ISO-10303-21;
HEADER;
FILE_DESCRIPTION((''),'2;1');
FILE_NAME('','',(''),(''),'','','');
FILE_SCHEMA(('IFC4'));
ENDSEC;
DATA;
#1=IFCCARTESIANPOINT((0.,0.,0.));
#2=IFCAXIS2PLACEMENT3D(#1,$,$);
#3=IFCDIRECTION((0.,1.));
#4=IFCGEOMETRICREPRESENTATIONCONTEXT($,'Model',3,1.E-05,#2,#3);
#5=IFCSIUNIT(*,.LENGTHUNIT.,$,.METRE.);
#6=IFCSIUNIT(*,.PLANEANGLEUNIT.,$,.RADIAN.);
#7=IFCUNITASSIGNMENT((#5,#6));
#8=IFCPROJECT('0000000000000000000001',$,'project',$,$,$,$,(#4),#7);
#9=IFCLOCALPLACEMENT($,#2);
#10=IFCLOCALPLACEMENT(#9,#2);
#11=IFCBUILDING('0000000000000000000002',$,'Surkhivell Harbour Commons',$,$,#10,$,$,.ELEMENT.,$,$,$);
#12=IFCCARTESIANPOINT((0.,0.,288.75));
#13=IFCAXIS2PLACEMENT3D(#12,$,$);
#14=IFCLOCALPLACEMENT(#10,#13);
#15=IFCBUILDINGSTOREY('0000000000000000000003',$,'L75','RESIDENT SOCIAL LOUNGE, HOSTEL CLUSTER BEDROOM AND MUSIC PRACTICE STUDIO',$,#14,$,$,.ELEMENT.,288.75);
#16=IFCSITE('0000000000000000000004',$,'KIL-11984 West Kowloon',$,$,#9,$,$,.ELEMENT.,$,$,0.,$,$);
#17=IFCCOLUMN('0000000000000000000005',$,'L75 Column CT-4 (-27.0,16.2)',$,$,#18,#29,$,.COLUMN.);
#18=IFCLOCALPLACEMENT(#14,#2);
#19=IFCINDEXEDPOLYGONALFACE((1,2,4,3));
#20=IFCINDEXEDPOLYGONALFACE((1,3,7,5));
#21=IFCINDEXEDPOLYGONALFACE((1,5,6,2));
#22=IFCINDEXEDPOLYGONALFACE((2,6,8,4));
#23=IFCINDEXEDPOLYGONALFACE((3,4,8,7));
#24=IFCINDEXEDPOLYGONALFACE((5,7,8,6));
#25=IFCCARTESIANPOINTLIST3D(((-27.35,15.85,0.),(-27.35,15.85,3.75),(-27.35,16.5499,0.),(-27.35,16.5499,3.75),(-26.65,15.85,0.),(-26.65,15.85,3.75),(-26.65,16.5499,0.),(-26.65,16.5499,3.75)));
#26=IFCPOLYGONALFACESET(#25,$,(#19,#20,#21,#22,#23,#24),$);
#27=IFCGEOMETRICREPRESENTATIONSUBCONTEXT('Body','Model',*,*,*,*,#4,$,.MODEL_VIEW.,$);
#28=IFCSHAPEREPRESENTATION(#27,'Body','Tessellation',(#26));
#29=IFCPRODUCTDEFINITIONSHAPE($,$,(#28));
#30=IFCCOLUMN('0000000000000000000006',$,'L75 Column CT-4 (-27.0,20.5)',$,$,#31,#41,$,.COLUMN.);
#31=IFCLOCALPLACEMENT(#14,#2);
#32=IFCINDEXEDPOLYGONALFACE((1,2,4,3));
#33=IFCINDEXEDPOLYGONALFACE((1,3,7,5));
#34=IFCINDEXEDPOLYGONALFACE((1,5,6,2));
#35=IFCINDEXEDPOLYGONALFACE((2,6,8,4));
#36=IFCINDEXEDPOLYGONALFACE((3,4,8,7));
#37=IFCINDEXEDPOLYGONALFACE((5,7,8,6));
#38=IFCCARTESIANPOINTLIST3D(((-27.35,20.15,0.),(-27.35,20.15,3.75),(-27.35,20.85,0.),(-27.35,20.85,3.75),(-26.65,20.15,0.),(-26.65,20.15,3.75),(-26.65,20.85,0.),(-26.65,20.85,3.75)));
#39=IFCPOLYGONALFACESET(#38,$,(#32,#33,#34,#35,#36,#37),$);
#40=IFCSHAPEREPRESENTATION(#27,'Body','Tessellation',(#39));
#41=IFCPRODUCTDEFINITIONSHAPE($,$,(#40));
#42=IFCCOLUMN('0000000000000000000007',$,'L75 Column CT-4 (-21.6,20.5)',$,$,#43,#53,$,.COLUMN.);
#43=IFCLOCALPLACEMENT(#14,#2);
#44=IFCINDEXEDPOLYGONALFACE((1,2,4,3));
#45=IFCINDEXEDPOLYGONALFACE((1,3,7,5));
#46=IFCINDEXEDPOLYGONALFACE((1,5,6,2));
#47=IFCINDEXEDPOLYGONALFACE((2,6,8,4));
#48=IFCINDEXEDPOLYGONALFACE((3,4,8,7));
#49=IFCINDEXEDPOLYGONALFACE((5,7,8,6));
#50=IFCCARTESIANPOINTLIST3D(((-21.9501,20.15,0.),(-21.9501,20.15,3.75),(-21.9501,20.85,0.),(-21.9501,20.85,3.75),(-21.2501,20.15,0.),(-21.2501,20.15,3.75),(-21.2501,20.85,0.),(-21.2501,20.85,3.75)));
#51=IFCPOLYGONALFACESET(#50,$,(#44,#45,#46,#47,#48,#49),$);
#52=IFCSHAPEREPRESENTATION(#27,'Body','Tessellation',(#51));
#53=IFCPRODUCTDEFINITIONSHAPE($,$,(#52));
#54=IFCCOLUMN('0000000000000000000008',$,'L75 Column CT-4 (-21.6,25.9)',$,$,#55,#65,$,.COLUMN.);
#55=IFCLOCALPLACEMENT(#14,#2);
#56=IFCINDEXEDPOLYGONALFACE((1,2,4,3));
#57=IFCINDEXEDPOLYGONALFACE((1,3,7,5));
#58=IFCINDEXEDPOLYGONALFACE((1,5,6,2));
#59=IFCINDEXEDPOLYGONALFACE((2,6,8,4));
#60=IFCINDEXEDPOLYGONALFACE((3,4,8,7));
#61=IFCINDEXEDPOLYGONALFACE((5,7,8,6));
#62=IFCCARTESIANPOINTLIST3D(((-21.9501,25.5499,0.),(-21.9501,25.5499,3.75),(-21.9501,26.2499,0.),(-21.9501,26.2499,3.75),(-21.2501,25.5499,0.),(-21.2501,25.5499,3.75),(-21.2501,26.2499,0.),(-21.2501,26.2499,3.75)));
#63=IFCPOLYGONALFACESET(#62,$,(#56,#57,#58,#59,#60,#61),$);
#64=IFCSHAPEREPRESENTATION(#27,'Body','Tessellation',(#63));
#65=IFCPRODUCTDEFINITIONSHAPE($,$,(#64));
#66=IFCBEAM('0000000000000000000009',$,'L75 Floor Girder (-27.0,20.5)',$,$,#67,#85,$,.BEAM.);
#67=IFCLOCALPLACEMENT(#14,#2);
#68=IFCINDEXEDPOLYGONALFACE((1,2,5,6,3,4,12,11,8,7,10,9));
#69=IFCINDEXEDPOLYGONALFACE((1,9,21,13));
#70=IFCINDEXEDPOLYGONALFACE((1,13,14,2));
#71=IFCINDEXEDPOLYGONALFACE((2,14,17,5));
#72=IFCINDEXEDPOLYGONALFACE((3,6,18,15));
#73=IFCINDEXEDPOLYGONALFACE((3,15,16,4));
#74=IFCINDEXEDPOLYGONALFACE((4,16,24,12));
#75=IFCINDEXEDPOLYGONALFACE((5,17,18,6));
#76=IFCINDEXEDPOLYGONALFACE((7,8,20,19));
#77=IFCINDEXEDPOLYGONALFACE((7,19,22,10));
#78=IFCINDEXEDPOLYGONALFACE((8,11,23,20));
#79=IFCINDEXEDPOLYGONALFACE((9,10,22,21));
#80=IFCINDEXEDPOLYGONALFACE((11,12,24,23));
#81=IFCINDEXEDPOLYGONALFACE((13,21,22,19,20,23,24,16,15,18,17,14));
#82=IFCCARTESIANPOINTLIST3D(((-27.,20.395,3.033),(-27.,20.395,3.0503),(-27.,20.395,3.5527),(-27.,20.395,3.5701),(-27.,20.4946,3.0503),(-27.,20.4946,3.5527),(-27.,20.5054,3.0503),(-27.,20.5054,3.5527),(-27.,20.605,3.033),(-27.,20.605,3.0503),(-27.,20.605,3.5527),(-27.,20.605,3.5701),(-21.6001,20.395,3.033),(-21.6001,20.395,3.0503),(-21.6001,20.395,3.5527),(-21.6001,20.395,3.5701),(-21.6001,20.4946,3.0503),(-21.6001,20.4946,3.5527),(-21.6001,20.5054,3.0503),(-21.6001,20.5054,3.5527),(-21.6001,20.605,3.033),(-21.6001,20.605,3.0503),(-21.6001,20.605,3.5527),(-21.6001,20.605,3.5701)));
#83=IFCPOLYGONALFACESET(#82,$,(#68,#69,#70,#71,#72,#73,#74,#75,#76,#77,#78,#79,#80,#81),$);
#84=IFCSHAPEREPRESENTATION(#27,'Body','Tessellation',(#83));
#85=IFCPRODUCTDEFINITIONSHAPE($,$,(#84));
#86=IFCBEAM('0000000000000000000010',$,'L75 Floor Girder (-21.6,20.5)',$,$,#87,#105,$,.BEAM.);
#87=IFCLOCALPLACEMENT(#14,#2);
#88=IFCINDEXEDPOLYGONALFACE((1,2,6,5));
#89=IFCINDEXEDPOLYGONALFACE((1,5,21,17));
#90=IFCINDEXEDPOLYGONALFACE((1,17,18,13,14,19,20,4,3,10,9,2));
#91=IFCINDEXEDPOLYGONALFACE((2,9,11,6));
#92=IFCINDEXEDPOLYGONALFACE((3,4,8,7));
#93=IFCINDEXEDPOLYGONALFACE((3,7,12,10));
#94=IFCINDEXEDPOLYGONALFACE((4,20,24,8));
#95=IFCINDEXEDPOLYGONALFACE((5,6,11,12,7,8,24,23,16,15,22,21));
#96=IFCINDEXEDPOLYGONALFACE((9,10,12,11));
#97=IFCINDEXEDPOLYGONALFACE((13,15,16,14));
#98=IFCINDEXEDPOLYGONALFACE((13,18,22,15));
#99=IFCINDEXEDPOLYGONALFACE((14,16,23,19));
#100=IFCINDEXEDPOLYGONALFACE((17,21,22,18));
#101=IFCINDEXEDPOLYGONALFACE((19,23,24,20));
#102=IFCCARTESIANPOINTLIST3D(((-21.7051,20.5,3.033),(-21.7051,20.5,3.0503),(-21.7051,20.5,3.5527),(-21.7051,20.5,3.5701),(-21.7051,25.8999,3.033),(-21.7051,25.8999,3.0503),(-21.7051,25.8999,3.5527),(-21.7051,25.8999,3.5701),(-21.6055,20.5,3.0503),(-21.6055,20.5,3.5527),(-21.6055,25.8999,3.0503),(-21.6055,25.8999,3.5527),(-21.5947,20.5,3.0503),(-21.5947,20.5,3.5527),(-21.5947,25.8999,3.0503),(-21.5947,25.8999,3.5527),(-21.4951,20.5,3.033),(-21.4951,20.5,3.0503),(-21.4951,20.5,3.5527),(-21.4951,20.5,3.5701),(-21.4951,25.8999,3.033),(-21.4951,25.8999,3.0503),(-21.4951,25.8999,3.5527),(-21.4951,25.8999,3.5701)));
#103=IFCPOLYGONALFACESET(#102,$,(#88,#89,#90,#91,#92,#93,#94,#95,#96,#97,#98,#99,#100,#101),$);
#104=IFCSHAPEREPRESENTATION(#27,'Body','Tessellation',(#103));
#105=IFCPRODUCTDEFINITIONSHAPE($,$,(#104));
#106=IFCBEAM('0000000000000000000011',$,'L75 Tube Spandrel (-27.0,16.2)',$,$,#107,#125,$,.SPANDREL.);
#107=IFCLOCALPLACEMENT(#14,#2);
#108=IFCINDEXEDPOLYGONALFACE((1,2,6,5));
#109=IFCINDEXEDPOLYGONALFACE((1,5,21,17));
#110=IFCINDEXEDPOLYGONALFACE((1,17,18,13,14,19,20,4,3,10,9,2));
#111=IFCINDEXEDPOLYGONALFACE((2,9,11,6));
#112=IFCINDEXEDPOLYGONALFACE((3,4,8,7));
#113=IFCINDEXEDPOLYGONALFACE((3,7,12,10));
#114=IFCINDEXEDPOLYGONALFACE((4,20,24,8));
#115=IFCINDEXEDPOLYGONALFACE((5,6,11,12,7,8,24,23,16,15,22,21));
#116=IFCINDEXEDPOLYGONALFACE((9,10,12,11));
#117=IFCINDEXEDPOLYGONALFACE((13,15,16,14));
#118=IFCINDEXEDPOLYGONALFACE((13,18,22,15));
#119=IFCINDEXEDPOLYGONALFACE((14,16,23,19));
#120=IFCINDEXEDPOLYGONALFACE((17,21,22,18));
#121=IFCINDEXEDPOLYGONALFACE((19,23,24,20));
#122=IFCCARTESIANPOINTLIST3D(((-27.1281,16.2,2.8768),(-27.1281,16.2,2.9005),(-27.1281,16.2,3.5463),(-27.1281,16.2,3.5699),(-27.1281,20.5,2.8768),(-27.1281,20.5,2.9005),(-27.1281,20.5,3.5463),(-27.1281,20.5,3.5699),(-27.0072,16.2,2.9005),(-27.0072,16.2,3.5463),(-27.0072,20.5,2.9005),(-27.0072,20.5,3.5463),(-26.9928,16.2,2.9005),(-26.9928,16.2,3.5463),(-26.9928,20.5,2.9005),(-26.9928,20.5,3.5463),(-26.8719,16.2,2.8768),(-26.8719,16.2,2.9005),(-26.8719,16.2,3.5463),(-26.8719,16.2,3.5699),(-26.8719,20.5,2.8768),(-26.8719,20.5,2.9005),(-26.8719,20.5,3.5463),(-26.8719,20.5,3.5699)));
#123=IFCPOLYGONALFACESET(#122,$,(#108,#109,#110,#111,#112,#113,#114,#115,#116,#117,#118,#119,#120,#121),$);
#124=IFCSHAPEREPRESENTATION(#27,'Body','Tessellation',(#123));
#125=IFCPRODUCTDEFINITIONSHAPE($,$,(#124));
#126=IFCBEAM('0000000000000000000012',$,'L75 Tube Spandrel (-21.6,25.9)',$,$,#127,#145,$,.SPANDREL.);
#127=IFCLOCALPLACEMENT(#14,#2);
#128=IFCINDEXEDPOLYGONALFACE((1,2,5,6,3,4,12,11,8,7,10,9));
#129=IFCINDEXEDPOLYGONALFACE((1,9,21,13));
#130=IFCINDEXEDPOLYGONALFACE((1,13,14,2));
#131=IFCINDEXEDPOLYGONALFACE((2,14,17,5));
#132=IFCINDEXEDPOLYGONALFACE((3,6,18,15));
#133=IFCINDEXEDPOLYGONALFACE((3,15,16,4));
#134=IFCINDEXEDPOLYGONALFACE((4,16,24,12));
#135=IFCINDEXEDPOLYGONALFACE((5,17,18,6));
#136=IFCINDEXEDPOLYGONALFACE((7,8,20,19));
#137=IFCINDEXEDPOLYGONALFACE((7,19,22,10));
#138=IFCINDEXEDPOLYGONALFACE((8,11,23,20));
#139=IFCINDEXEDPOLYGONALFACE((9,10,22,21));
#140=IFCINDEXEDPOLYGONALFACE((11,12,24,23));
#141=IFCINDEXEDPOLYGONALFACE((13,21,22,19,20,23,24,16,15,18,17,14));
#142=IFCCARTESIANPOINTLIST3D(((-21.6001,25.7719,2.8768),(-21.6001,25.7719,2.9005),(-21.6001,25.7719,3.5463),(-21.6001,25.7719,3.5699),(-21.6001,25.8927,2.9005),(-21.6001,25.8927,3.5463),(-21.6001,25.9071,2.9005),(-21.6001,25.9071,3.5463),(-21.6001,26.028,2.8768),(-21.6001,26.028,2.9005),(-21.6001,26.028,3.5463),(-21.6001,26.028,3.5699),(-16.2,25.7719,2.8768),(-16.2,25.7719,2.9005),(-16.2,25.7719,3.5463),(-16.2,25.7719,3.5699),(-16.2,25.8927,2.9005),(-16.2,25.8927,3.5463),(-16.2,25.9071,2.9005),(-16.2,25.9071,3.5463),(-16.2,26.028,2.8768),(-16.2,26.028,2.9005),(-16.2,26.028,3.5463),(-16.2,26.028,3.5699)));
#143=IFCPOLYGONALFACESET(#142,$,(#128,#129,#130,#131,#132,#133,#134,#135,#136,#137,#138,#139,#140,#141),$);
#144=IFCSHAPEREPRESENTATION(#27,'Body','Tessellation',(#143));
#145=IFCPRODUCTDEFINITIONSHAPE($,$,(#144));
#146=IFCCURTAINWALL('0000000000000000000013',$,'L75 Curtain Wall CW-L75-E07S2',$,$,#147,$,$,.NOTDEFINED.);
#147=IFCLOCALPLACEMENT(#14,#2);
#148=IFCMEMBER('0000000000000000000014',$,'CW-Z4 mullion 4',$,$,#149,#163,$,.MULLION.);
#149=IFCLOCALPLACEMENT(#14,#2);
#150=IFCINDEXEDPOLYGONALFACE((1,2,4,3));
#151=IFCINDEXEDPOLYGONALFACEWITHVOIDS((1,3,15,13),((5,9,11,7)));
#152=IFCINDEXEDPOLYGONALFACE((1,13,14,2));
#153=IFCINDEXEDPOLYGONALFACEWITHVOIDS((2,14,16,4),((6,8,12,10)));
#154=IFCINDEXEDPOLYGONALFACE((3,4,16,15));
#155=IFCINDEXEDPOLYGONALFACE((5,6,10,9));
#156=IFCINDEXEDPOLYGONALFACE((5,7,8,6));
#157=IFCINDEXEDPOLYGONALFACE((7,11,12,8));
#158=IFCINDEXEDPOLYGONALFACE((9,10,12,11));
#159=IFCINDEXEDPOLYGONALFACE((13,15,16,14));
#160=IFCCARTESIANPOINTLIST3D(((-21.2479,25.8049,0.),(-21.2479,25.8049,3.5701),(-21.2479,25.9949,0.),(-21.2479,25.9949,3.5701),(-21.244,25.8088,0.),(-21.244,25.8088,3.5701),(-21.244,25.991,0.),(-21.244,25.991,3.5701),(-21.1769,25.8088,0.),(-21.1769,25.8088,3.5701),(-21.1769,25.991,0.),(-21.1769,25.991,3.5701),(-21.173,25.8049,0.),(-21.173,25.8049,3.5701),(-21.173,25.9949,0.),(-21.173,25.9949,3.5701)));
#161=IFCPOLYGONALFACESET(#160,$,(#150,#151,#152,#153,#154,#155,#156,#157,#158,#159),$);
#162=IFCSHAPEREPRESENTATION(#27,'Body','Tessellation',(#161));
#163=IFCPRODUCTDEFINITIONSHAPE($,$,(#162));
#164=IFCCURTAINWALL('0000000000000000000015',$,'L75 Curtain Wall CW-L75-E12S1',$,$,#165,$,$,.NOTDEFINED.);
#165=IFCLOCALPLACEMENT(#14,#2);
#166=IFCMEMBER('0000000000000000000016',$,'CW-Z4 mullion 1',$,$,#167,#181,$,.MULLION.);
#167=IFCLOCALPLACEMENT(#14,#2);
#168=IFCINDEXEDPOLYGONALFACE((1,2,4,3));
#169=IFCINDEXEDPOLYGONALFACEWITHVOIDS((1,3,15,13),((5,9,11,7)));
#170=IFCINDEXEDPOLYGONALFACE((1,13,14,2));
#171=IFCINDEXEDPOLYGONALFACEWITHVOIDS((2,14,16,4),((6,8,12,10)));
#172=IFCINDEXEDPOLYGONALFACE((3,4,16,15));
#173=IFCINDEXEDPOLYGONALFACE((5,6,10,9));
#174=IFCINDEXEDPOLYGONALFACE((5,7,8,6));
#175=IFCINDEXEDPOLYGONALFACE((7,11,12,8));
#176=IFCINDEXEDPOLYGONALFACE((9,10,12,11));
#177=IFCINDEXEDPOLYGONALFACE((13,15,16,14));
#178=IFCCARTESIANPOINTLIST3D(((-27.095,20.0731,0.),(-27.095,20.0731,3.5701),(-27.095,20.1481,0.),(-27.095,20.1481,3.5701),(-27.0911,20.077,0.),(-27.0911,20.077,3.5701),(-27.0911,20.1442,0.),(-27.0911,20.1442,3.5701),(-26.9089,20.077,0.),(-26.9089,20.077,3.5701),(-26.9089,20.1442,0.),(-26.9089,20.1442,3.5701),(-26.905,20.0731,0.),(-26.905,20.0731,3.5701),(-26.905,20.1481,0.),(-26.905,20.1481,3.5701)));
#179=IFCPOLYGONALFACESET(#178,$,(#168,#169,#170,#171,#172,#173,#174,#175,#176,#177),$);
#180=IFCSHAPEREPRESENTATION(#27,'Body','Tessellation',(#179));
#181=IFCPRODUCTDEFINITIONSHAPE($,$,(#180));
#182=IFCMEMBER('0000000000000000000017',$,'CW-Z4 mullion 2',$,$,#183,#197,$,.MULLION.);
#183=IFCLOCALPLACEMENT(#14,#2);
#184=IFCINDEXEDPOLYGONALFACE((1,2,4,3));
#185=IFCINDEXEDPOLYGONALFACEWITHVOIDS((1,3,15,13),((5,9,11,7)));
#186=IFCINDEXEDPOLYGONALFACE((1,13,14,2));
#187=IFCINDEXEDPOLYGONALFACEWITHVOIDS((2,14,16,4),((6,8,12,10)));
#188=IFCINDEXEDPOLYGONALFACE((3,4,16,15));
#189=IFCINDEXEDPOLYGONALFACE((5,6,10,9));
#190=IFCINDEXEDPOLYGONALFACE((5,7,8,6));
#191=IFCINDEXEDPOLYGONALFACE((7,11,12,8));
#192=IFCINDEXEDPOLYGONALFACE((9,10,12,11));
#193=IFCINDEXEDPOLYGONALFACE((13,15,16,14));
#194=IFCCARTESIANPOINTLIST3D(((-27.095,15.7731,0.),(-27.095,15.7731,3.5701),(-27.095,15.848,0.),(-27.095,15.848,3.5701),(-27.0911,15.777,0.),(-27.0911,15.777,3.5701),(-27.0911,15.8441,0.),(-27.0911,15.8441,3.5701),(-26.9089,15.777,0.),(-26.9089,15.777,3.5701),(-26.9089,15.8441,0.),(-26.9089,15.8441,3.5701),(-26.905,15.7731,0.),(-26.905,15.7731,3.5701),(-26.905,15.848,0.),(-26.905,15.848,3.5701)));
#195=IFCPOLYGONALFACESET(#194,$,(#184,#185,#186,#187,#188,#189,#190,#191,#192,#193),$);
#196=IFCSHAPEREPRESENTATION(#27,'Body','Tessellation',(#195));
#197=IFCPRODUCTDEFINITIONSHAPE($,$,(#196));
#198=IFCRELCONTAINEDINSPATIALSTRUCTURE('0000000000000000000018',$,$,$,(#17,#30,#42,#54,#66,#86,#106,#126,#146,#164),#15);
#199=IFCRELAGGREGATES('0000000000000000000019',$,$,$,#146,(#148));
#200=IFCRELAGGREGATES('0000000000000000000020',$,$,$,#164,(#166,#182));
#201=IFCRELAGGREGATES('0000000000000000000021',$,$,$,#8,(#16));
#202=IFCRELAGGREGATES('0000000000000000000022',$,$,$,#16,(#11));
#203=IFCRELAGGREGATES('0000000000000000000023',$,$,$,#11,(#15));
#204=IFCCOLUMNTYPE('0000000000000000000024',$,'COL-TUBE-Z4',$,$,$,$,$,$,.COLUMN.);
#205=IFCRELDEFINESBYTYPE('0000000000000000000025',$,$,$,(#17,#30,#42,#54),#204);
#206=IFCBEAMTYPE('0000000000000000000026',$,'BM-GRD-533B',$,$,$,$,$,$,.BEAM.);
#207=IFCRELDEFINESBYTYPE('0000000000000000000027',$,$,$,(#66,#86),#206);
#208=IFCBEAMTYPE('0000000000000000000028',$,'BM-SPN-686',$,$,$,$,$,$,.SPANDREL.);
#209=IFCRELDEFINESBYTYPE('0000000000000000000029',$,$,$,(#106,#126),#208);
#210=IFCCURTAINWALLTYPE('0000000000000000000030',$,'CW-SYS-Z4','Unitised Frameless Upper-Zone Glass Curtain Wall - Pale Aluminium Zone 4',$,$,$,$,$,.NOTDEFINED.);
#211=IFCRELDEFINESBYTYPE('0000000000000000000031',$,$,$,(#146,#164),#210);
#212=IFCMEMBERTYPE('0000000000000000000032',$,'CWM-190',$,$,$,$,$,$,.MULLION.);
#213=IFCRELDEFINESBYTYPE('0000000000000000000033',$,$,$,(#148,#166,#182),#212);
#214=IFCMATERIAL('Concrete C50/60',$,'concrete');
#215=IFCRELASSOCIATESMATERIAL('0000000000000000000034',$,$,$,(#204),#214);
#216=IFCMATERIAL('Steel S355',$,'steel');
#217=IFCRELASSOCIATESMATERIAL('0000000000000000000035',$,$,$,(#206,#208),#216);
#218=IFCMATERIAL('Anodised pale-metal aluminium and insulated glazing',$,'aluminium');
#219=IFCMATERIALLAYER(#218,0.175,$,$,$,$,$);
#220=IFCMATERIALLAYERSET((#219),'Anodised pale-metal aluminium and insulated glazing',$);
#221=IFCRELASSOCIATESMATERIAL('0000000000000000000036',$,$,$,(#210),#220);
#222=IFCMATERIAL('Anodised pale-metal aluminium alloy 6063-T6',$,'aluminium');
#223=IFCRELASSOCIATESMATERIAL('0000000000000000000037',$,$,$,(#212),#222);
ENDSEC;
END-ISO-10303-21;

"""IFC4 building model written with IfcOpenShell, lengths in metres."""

from ifc_helpers import new_model, si_unit, direction, frame, origin, origin_2d, place, context, subcontext, project, spatial, rectangle, hollow_rectangle, i_section, extrude, material, layer, layer_set, material_profile, profile_set, type_object, element, aggregate, save


model = new_model("IFC4")

# Units and contexts
model_context = context("Model", 3, precision=1e-05, world=origin(), true_north=direction((0.0, 1.0)))
body_context = subcontext(model_context, "Body", "Model", "MODEL_VIEW")
ifc_project = project(units=[si_unit("LENGTHUNIT", "METRE"), si_unit("PLANEANGLEUNIT", "RADIAN")], contexts=[model_context])

# Site, building, storey
site_placement = place(None, origin())
site = spatial("IfcSite", under=ifc_project, at=site_placement, Name="KIL-11984 West Kowloon", CompositionType="ELEMENT", RefElevation=0.0)
building_placement = place(site_placement, origin())
building = spatial("IfcBuilding", under=site, at=building_placement, Name="Surkhivell Harbour Commons", CompositionType="ELEMENT")
storey_placement = place(building_placement, frame((0.0, 0.0, 288.75)))
storey = spatial("IfcBuildingStorey", under=building, at=storey_placement, Name="L75", Description="RESIDENT SOCIAL LOUNGE, HOSTEL CLUSTER BEDROOM AND MUSIC PRACTICE STUDIO", CompositionType="ELEMENT", Elevation=288.75)

# Columns
ifc_material_1 = material(Name="Concrete C50/60", Category="concrete")
ifc_material_profile_1 = material_profile(ifc_material_1, rectangle(XDim=0.7, YDim=0.7, at=origin_2d()), Name="RC-COL-700x700")
ifc_profile_set_1 = profile_set([ifc_material_profile_1], Name="Concrete C50/60")
column_type = type_object("IfcColumnType", Name="COL-TUBE-Z4", PredefinedType="COLUMN", material=ifc_profile_set_1)
for number, where, z_axis, x_axis, name in (
    (1, (-27.0, 16.2, 0.0), (0.0, 0.0, 1.0), (1.0, 0.0, 0.0), "L75 Column CT-4 (-27.0,16.2)"),
    (2, (-27.0, 20.5, 0.0), (0.0, 0.0, 1.0), (1.0, 0.0, 0.0), "L75 Column CT-4 (-27.0,20.5)"),
    (3, (-21.6001, 20.5, 0.0), (0.0, 0.0, 1.0), (1.0, 0.0, 0.0), "L75 Column CT-4 (-21.6,20.5)"),
    (4, (-21.6001, 25.8999, 0.0), (0.0, 0.0, 1.0), (1.0, 0.0, 0.0), "L75 Column CT-4 (-21.6,25.9)"),
):
    element("IfcColumn", number, at=place(storey_placement, frame(where, z_axis=z_axis, x_axis=x_axis)), inside=storey, type_object=column_type, Name=name, PredefinedType="COLUMN", context=body_context, shape_type="SweptSolid", body=[
        extrude(rectangle(XDim=0.7, YDim=0.7, at=origin_2d()), origin(), (0.0, 0.0, 1.0), 3.75),
    ])

# Beams
ifc_material_2 = material(Name="Steel S355", Category="steel")
ifc_material_profile_2 = material_profile(ifc_material_2, i_section(OverallWidth=0.21, OverallDepth=0.5371, WebThickness=0.0107, FlangeThickness=0.0173, at=origin_2d()), Name="UB533x210x101")
ifc_profile_set_2 = profile_set([ifc_material_profile_2], Name="Steel S355")
beam_type_1 = type_object("IfcBeamType", Name="BM-GRD-533B", PredefinedType="BEAM", material=ifc_profile_set_2)
for number, where, z_axis, x_axis, name in (
    (5, (-27.0, 20.5, 3.3015), (1.0, 0.0, 0.0), (0.0, 1.0, 0.0), "L75 Floor Girder (-27.0,20.5)"),
    (6, (-21.6001, 20.5, 3.3015), (0.0, 1.0, 0.0), (-1.0, 0.0, 0.0), "L75 Floor Girder (-21.6,20.5)"),
):
    element("IfcBeam", number, at=place(storey_placement, frame(where, z_axis=z_axis, x_axis=x_axis)), inside=storey, type_object=beam_type_1, Name=name, PredefinedType="BEAM", context=body_context, shape_type="SweptSolid", body=[
        extrude(i_section(OverallWidth=0.21, OverallDepth=0.5371, WebThickness=0.0107, FlangeThickness=0.0173, at=origin_2d()), origin(), (0.0, 0.0, 1.0), 5.3999),
    ])
ifc_material_profile_3 = material_profile(ifc_material_2, i_section(OverallWidth=0.2561, OverallDepth=0.6931, WebThickness=0.0144, FlangeThickness=0.0237, at=origin_2d()), Name="UB686x254x170")
ifc_profile_set_3 = profile_set([ifc_material_profile_3], Name="Steel S355")
beam_type_2 = type_object("IfcBeamType", Name="BM-SPN-686", PredefinedType="SPANDREL", material=ifc_profile_set_3)
beam_1_placement = place(storey_placement, frame((-27.0, 16.2, 3.2234), z_axis=(0.0, 1.0, 0.0), x_axis=(-1.0, 0.0, 0.0)))
element("IfcBeam", 7, at=beam_1_placement, inside=storey, type_object=beam_type_2, Name="L75 Tube Spandrel (-27.0,16.2)", PredefinedType="SPANDREL", context=body_context, shape_type="SweptSolid", body=[
    extrude(i_section(OverallWidth=0.2561, OverallDepth=0.6931, WebThickness=0.0144, FlangeThickness=0.0237, at=origin_2d()), origin(), (0.0, 0.0, 1.0), 4.3),
])
beam_2_placement = place(storey_placement, frame((-21.6001, 25.8999, 3.2234), z_axis=(1.0, 0.0, 0.0), x_axis=(0.0, 1.0, 0.0)))
element("IfcBeam", 8, at=beam_2_placement, inside=storey, type_object=beam_type_2, Name="L75 Tube Spandrel (-21.6,25.9)", PredefinedType="SPANDREL", context=body_context, shape_type="SweptSolid", body=[
    extrude(i_section(OverallWidth=0.2561, OverallDepth=0.6931, WebThickness=0.0144, FlangeThickness=0.0237, at=origin_2d()), origin(), (0.0, 0.0, 1.0), 5.4001),
])

# Curtain wall, member
ifc_material_3 = material(Name="Anodised pale-metal aluminium and insulated glazing", Category="aluminium")
ifc_layer_1 = layer(ifc_material_3, 0.175)
ifc_layer_set_1 = layer_set([ifc_layer_1], Name="Anodised pale-metal aluminium and insulated glazing")
curtain_wall_type = type_object("IfcCurtainWallType", Name="CW-SYS-Z4", Description="Unitised Frameless Upper-Zone Glass Curtain Wall - Pale Aluminium Zone 4", PredefinedType="NOTDEFINED", material=ifc_layer_set_1)
curtain_wall_1_placement = place(storey_placement, origin())
curtain_wall_1 = element("IfcCurtainWall", 9, at=curtain_wall_1_placement, inside=storey, type_object=curtain_wall_type, Name="L75 Curtain Wall CW-L75-E07S2", PredefinedType="NOTDEFINED")
ifc_material_4 = material(Name="Anodised pale-metal aluminium alloy 6063-T6", Category="aluminium")
ifc_material_profile_4 = material_profile(ifc_material_4, hollow_rectangle(XDim=0.075, YDim=0.1899, WallThickness=0.0039, at=origin_2d()), Name="ALU-MULL-75x190")
ifc_profile_set_4 = profile_set([ifc_material_profile_4], Name="Anodised pale-metal aluminium alloy 6063-T6")
member_type_1 = type_object("IfcMemberType", Name="CWM-190", PredefinedType="MULLION", material=ifc_profile_set_4)
member_1_placement = place(storey_placement, frame((-21.2104, 25.8999, 0.0), z_axis=(0.0, 0.0, 1.0), x_axis=(-1.0, 0.0, 0.0)))
member_1 = element("IfcMember", 10, at=member_1_placement, type_object=member_type_1, Name="CW-Z4 mullion 4", PredefinedType="MULLION", context=body_context, shape_type="SweptSolid", body=[
    extrude(hollow_rectangle(XDim=0.075, YDim=0.1899, WallThickness=0.0039, at=origin_2d()), origin(), (0.0, 0.0, 1.0), 3.5701),
])

# Curtain wall, members
curtain_wall_2_placement = place(storey_placement, origin())
curtain_wall_2 = element("IfcCurtainWall", 11, at=curtain_wall_2_placement, inside=storey, type_object=curtain_wall_type, Name="L75 Curtain Wall CW-L75-E12S1", PredefinedType="NOTDEFINED")
member_2_placement = place(storey_placement, frame((-27.0, 20.1106, 0.0), z_axis=(0.0, 0.0, 1.0), x_axis=(0.0, -1.0, 0.0)))
member_2 = element("IfcMember", 12, at=member_2_placement, type_object=member_type_1, Name="CW-Z4 mullion 1", PredefinedType="MULLION", context=body_context, shape_type="SweptSolid", body=[
    extrude(hollow_rectangle(XDim=0.075, YDim=0.1899, WallThickness=0.0039, at=origin_2d()), origin(), (0.0, 0.0, 1.0), 3.5701),
])
member_3_placement = place(storey_placement, frame((-27.0, 15.8105, 0.0), z_axis=(0.0, 0.0, 1.0), x_axis=(0.0, -1.0, 0.0)))
member_3 = element("IfcMember", 13, at=member_3_placement, type_object=member_type_1, Name="CW-Z4 mullion 2", PredefinedType="MULLION", context=body_context, shape_type="SweptSolid", body=[
    extrude(hollow_rectangle(XDim=0.075, YDim=0.1899, WallThickness=0.0039, at=origin_2d()), origin(), (0.0, 0.0, 1.0), 3.5701),
])

aggregate(curtain_wall_1, [member_1])
aggregate(curtain_wall_2, [member_2, member_3])

save(model, "model.ifc")
